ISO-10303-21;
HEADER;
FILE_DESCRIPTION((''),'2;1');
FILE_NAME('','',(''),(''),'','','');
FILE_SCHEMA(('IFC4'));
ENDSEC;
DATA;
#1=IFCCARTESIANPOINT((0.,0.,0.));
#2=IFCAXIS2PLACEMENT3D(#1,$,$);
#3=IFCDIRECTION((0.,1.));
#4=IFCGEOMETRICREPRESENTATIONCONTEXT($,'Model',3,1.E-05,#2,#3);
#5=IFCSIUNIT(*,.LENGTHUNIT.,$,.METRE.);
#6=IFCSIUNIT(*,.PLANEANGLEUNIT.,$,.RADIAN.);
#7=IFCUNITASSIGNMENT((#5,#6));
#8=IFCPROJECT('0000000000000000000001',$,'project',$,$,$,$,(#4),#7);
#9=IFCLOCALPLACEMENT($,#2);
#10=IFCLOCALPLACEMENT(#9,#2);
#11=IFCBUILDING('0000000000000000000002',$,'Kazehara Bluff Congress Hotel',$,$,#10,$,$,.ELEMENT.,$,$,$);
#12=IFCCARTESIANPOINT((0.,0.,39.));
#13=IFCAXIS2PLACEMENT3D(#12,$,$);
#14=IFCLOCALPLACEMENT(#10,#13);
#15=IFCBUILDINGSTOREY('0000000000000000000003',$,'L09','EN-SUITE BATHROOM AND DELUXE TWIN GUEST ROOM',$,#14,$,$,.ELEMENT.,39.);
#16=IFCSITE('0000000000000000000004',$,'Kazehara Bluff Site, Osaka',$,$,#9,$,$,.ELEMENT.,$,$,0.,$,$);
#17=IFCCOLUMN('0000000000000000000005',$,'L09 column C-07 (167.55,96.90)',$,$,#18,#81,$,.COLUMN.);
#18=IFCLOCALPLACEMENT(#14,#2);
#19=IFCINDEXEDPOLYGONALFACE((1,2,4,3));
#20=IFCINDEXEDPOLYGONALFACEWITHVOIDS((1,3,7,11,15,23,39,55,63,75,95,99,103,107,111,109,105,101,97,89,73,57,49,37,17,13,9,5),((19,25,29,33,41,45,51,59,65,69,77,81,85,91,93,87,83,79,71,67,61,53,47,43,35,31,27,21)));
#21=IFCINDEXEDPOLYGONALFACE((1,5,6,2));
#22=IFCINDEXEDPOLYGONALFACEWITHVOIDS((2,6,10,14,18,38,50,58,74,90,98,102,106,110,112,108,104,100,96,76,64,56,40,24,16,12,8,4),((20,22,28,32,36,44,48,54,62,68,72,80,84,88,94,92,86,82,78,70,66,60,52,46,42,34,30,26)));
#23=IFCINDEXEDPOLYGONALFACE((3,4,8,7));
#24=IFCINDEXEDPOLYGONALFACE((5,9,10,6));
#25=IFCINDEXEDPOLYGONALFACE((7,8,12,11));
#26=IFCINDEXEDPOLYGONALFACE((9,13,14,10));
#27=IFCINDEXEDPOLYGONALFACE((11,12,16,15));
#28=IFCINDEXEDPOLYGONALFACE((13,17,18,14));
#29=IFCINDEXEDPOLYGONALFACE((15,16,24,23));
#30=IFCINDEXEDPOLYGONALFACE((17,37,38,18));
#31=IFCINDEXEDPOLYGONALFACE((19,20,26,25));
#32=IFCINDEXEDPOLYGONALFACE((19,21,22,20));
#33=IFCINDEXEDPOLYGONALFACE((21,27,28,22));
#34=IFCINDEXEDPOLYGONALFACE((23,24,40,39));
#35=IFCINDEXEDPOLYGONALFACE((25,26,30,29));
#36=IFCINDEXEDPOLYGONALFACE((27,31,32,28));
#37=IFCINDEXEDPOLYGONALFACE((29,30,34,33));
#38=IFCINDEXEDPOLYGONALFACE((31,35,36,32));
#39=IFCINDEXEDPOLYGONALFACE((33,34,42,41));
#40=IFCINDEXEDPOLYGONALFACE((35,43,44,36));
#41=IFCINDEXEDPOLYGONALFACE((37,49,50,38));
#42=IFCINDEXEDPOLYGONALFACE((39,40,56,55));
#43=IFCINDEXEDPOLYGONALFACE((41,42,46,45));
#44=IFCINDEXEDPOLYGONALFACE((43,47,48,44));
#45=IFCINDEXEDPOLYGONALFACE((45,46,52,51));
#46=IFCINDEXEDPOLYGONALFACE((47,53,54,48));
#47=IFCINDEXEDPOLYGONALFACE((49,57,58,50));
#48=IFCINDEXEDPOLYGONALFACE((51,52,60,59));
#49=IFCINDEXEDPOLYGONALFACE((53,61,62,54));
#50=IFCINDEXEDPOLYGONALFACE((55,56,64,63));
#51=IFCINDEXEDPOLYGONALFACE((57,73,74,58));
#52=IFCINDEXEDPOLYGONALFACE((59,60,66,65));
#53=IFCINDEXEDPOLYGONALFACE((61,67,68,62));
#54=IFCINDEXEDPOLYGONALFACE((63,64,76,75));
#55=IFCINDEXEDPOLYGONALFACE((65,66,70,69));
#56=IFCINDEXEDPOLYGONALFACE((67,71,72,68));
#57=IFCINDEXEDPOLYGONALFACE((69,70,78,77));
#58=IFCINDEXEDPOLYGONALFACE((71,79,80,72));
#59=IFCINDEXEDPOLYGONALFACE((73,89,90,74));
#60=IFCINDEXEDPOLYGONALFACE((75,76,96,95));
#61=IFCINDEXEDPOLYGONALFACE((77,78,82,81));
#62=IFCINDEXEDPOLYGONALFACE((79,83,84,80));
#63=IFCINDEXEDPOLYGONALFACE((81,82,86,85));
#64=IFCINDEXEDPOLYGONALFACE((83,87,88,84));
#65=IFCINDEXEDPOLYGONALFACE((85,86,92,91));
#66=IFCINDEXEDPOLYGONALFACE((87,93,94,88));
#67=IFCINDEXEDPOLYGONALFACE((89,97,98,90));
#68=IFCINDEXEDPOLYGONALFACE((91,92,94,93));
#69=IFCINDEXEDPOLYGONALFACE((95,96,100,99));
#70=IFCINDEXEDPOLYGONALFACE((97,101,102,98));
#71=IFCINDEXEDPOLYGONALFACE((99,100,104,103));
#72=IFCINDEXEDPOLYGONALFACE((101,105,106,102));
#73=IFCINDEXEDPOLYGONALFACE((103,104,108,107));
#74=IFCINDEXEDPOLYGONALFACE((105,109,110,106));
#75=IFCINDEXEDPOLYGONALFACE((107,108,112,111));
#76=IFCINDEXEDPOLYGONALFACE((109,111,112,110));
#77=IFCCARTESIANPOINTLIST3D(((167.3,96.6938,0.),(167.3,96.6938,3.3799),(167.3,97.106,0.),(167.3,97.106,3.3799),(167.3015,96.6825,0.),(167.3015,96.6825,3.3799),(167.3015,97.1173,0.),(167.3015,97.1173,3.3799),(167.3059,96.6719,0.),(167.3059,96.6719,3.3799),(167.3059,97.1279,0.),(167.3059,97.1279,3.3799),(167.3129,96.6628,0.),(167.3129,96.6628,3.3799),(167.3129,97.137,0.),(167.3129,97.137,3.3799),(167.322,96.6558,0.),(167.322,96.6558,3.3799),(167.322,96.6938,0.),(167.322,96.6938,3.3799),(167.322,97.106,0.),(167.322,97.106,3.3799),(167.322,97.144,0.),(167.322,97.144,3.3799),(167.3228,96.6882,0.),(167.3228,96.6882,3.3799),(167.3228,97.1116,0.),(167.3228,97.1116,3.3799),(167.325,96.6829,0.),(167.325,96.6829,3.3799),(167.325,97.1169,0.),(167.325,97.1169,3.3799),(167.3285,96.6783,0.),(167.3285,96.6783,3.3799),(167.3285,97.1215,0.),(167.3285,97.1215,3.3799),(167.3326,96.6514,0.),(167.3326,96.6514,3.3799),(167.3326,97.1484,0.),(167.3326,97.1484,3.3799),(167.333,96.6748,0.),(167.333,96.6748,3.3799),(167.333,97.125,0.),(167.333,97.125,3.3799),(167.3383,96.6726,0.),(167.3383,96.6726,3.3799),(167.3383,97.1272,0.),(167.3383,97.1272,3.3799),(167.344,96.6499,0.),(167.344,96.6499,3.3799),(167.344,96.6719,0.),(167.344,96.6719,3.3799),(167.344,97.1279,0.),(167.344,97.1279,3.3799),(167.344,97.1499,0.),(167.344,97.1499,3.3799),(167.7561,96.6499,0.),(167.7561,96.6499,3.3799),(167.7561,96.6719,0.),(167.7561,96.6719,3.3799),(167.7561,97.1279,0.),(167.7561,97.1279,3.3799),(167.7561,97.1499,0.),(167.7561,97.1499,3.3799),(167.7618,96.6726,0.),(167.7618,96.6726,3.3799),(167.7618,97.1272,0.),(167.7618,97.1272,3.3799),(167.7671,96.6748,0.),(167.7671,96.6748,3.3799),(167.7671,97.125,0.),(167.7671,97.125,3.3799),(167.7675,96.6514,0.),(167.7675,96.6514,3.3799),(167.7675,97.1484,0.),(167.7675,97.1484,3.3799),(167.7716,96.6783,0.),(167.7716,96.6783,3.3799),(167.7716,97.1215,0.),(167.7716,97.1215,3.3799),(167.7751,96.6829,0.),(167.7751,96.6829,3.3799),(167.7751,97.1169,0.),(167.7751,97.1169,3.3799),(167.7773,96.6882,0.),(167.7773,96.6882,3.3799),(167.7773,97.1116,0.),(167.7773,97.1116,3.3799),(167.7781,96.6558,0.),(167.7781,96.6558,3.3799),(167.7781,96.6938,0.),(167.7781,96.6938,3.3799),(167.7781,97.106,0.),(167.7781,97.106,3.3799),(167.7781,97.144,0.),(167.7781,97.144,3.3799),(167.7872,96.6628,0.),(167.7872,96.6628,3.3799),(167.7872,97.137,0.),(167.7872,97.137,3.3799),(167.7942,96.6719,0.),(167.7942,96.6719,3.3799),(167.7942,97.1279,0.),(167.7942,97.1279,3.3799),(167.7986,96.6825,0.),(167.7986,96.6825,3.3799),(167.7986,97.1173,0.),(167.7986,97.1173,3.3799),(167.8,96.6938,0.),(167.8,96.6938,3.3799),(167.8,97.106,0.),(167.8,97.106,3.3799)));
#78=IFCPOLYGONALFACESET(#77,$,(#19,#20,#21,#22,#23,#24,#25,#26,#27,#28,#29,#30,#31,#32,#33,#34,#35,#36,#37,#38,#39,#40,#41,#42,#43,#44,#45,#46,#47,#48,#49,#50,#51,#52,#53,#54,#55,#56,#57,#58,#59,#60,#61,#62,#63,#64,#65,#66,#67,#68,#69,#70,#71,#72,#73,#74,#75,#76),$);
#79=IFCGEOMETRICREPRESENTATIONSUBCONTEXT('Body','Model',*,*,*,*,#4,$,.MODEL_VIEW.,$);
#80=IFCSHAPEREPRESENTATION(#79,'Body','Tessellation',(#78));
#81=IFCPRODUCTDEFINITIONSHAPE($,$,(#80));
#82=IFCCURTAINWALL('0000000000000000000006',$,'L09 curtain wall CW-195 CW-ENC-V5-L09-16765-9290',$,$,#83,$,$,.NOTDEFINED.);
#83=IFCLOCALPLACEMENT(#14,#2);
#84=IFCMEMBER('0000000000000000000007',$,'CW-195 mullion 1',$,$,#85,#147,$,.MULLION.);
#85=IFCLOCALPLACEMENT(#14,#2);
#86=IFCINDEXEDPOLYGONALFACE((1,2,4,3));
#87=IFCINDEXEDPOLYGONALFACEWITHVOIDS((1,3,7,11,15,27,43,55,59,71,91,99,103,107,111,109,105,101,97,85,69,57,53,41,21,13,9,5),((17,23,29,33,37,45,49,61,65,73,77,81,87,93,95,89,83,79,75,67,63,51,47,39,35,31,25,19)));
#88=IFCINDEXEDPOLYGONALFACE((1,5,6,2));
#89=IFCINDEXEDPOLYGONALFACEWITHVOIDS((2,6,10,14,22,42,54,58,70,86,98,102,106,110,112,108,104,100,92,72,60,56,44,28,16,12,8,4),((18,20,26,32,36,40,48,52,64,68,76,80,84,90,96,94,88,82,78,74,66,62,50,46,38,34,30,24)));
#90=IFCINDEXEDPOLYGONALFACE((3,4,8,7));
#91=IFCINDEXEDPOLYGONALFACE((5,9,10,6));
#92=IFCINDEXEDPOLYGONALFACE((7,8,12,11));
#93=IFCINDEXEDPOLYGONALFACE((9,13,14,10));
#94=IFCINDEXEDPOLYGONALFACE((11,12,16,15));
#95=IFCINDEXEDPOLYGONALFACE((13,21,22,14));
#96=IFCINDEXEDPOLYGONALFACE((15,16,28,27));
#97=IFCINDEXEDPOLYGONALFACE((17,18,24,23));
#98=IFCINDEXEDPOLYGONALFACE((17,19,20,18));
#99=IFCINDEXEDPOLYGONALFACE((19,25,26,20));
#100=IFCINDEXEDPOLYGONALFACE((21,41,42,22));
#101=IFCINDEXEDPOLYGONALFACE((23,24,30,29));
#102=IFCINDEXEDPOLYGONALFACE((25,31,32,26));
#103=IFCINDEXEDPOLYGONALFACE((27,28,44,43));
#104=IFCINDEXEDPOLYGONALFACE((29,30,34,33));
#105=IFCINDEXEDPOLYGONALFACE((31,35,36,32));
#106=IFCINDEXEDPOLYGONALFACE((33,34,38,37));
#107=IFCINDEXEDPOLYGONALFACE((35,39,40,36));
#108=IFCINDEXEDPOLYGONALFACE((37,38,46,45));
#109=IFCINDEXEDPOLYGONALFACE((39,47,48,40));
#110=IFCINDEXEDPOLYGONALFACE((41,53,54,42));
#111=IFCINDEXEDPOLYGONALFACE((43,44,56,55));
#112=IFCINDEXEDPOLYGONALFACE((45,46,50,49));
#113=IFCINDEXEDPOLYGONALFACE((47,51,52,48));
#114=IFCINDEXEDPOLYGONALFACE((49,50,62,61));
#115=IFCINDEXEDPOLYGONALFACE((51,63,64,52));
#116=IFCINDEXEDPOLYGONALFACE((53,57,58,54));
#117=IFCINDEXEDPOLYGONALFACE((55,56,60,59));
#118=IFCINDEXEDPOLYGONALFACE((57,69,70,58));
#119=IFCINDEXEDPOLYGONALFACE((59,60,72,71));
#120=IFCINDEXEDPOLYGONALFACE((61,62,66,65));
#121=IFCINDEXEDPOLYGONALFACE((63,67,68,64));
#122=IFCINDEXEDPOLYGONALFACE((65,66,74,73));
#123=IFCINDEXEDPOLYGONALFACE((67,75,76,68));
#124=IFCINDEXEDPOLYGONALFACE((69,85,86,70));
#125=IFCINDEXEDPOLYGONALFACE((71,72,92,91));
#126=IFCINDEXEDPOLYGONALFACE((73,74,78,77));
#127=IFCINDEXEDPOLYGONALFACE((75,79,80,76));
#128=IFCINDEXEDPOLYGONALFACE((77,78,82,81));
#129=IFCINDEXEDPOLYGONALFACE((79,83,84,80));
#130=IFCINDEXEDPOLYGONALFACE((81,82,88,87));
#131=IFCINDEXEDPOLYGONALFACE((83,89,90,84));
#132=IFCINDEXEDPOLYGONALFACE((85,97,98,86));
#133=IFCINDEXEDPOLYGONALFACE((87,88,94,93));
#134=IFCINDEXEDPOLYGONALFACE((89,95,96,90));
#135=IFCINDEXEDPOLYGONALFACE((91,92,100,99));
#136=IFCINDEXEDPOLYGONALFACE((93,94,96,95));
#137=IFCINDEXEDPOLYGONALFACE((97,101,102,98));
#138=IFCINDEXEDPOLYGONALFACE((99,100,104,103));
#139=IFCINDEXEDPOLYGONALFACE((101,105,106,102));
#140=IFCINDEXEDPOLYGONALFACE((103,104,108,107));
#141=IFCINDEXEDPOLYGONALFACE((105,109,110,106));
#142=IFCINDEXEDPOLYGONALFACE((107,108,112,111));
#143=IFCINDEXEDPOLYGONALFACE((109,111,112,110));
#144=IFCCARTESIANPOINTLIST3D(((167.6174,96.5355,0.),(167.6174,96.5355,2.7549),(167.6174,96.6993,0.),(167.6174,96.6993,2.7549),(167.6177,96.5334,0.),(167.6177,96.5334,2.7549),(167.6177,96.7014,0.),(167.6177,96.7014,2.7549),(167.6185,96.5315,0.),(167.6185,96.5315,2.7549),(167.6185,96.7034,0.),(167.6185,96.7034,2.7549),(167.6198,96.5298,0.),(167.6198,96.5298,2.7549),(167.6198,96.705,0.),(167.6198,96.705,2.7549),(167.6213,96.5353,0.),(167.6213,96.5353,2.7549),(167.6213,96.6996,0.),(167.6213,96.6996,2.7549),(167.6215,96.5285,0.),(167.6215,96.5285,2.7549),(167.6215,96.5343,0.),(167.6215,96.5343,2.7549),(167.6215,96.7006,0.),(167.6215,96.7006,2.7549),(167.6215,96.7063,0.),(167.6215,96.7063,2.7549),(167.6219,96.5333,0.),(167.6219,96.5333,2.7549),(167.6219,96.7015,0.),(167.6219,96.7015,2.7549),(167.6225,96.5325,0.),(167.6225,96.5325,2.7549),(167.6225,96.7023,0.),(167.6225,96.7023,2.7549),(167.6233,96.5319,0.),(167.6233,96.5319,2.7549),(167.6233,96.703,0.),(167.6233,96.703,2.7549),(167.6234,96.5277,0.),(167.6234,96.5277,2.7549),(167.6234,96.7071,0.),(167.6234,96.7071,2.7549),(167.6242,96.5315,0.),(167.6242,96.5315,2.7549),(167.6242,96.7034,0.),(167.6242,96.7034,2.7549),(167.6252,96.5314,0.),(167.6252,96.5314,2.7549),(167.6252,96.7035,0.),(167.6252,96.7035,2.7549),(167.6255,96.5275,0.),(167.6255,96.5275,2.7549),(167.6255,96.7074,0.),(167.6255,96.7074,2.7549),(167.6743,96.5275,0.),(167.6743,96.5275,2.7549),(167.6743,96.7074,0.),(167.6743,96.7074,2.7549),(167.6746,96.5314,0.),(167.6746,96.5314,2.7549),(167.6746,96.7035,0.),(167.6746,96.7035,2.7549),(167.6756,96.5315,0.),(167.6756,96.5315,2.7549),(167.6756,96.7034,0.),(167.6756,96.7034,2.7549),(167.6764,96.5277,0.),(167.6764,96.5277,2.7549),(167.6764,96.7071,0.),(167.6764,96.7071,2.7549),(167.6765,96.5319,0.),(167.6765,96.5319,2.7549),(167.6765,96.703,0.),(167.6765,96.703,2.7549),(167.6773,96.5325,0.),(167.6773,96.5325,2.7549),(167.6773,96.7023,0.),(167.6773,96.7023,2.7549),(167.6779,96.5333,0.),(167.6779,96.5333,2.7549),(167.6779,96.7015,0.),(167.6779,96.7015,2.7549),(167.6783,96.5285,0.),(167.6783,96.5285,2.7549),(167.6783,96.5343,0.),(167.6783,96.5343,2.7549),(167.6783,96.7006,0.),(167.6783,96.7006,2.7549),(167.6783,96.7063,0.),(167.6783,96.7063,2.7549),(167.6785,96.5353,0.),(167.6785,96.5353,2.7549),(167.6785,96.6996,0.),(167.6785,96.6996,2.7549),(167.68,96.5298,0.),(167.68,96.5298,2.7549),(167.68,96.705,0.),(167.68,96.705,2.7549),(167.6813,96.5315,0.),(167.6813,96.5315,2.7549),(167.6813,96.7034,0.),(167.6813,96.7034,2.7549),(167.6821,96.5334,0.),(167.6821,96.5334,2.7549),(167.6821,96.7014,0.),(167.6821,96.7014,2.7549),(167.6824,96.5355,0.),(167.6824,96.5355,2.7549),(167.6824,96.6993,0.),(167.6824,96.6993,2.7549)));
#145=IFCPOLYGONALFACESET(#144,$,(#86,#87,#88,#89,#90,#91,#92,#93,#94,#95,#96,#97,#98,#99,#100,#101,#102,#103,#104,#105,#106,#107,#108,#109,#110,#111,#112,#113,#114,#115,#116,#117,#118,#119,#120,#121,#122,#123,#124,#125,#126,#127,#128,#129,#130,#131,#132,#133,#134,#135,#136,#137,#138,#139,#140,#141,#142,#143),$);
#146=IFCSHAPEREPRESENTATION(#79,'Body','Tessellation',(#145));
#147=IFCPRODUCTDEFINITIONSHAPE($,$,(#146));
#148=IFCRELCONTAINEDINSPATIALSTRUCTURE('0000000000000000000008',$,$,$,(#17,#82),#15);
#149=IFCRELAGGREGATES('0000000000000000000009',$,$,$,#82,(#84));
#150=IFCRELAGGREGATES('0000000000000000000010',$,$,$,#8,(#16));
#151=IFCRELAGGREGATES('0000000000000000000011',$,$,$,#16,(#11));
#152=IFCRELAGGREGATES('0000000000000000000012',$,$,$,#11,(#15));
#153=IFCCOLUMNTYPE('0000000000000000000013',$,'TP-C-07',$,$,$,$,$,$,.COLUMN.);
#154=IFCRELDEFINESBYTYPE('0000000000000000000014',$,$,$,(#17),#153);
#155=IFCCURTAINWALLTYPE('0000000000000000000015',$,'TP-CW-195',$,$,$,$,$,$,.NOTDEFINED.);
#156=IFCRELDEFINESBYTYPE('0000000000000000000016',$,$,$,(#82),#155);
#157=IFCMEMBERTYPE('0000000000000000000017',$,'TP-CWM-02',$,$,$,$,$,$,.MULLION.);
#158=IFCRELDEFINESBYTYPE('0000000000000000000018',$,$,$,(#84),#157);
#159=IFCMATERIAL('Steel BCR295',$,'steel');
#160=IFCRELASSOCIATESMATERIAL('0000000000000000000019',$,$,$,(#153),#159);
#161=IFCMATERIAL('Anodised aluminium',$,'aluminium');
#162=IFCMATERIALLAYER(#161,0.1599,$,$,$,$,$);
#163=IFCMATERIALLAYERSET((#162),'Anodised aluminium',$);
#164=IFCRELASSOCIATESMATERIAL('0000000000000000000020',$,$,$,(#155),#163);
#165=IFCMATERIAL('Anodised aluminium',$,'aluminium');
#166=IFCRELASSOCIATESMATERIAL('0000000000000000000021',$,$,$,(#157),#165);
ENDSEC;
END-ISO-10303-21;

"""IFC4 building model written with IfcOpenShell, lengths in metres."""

from ifc_helpers import new_model, si_unit, direction, frame, origin, origin_2d, place, context, subcontext, project, spatial, hollow_rectangle, extrude, material, layer, layer_set, material_profile, profile_set, type_object, element, aggregate, save


model = new_model("IFC4")

# Units and contexts
model_context = context("Model", 3, precision=1e-05, world=origin(), true_north=direction((0.0, 1.0)))
body_context = subcontext(model_context, "Body", "Model", "MODEL_VIEW")
ifc_project = project(units=[si_unit("LENGTHUNIT", "METRE"), si_unit("PLANEANGLEUNIT", "RADIAN")], contexts=[model_context])

# Site, building, storey
site_placement = place(None, origin())
site = spatial("IfcSite", under=ifc_project, at=site_placement, Name="Kazehara Bluff Site, Osaka", CompositionType="ELEMENT", RefElevation=0.0)
building_placement = place(site_placement, origin())
building = spatial("IfcBuilding", under=site, at=building_placement, Name="Kazehara Bluff Congress Hotel", CompositionType="ELEMENT")
storey_placement = place(building_placement, frame((0.0, 0.0, 39.0)))
storey = spatial("IfcBuildingStorey", under=building, at=storey_placement, Name="L09", Description="EN-SUITE BATHROOM AND DELUXE TWIN GUEST ROOM", CompositionType="ELEMENT", Elevation=39.0)

# Column
ifc_material_1 = material(Name="Steel BCR295", Category="steel")
ifc_material_profile_1 = material_profile(ifc_material_1, hollow_rectangle(XDim=0.5, YDim=0.5, WallThickness=0.022, InnerFilletRadius=0.022, OuterFilletRadius=0.0439, at=origin_2d()))
ifc_profile_set_1 = profile_set([ifc_material_profile_1], Name="Steel BCR295")
column_type = type_object("IfcColumnType", Name="TP-C-07", PredefinedType="COLUMN", material=ifc_profile_set_1)
column_placement = place(storey_placement, frame((167.55, 96.8999, 0.0), z_axis=(0.0, 0.0, 1.0), x_axis=(1.0, 0.0, 0.0)))
element("IfcColumn", 1, at=column_placement, inside=storey, type_object=column_type, Name="L09 column C-07 (167.55,96.90)", PredefinedType="COLUMN", context=body_context, shape_type="SweptSolid", body=[
    extrude(hollow_rectangle(XDim=0.5, YDim=0.5, WallThickness=0.022, InnerFilletRadius=0.022, OuterFilletRadius=0.0439, at=origin_2d()), origin(), (0.0, 0.0, 1.0), 3.3799),
])

# Curtain wall, member
ifc_material_2 = material(Name="Anodised aluminium", Category="aluminium")
ifc_layer_1 = layer(ifc_material_2, 0.1599)
ifc_layer_set_1 = layer_set([ifc_layer_1], Name="Anodised aluminium")
curtain_wall_type_1 = type_object("IfcCurtainWallType", Name="TP-CW-195", PredefinedType="NOTDEFINED", material=ifc_layer_set_1)
curtain_wall_1_placement = place(storey_placement, origin())
curtain_wall_1 = element("IfcCurtainWall", 2, at=curtain_wall_1_placement, inside=storey, type_object=curtain_wall_type_1, Name="L09 curtain wall CW-195 CW-ENC-V5-L09-16765-9290", PredefinedType="NOTDEFINED")
ifc_material_3 = material(Name="Anodised aluminium", Category="aluminium")
ifc_material_profile_2 = material_profile(ifc_material_3, hollow_rectangle(XDim=0.0649, YDim=0.1799, WallThickness=0.0039, InnerFilletRadius=0.0039, OuterFilletRadius=0.0081, at=origin_2d()))
ifc_profile_set_2 = profile_set([ifc_material_profile_2], Name="Anodised aluminium")
member_type_1 = type_object("IfcMemberType", Name="TP-CWM-02", PredefinedType="MULLION", material=ifc_profile_set_2)
member_1_placement = place(storey_placement, frame((167.6499, 96.6174, 0.0), z_axis=(0.0, 0.0, 1.0), x_axis=(1.0, 0.0, 0.0)))
member_1 = element("IfcMember", 3, at=member_1_placement, type_object=member_type_1, Name="CW-195 mullion 1", PredefinedType="MULLION", context=body_context, shape_type="SweptSolid", body=[
    extrude(hollow_rectangle(XDim=0.0649, YDim=0.1799, WallThickness=0.0039, InnerFilletRadius=0.0039, OuterFilletRadius=0.0081, at=origin_2d()), origin(), (0.0, 0.0, 1.0), 2.7549),
])

aggregate(curtain_wall_1, [member_1])

save(model, "model.ifc")
